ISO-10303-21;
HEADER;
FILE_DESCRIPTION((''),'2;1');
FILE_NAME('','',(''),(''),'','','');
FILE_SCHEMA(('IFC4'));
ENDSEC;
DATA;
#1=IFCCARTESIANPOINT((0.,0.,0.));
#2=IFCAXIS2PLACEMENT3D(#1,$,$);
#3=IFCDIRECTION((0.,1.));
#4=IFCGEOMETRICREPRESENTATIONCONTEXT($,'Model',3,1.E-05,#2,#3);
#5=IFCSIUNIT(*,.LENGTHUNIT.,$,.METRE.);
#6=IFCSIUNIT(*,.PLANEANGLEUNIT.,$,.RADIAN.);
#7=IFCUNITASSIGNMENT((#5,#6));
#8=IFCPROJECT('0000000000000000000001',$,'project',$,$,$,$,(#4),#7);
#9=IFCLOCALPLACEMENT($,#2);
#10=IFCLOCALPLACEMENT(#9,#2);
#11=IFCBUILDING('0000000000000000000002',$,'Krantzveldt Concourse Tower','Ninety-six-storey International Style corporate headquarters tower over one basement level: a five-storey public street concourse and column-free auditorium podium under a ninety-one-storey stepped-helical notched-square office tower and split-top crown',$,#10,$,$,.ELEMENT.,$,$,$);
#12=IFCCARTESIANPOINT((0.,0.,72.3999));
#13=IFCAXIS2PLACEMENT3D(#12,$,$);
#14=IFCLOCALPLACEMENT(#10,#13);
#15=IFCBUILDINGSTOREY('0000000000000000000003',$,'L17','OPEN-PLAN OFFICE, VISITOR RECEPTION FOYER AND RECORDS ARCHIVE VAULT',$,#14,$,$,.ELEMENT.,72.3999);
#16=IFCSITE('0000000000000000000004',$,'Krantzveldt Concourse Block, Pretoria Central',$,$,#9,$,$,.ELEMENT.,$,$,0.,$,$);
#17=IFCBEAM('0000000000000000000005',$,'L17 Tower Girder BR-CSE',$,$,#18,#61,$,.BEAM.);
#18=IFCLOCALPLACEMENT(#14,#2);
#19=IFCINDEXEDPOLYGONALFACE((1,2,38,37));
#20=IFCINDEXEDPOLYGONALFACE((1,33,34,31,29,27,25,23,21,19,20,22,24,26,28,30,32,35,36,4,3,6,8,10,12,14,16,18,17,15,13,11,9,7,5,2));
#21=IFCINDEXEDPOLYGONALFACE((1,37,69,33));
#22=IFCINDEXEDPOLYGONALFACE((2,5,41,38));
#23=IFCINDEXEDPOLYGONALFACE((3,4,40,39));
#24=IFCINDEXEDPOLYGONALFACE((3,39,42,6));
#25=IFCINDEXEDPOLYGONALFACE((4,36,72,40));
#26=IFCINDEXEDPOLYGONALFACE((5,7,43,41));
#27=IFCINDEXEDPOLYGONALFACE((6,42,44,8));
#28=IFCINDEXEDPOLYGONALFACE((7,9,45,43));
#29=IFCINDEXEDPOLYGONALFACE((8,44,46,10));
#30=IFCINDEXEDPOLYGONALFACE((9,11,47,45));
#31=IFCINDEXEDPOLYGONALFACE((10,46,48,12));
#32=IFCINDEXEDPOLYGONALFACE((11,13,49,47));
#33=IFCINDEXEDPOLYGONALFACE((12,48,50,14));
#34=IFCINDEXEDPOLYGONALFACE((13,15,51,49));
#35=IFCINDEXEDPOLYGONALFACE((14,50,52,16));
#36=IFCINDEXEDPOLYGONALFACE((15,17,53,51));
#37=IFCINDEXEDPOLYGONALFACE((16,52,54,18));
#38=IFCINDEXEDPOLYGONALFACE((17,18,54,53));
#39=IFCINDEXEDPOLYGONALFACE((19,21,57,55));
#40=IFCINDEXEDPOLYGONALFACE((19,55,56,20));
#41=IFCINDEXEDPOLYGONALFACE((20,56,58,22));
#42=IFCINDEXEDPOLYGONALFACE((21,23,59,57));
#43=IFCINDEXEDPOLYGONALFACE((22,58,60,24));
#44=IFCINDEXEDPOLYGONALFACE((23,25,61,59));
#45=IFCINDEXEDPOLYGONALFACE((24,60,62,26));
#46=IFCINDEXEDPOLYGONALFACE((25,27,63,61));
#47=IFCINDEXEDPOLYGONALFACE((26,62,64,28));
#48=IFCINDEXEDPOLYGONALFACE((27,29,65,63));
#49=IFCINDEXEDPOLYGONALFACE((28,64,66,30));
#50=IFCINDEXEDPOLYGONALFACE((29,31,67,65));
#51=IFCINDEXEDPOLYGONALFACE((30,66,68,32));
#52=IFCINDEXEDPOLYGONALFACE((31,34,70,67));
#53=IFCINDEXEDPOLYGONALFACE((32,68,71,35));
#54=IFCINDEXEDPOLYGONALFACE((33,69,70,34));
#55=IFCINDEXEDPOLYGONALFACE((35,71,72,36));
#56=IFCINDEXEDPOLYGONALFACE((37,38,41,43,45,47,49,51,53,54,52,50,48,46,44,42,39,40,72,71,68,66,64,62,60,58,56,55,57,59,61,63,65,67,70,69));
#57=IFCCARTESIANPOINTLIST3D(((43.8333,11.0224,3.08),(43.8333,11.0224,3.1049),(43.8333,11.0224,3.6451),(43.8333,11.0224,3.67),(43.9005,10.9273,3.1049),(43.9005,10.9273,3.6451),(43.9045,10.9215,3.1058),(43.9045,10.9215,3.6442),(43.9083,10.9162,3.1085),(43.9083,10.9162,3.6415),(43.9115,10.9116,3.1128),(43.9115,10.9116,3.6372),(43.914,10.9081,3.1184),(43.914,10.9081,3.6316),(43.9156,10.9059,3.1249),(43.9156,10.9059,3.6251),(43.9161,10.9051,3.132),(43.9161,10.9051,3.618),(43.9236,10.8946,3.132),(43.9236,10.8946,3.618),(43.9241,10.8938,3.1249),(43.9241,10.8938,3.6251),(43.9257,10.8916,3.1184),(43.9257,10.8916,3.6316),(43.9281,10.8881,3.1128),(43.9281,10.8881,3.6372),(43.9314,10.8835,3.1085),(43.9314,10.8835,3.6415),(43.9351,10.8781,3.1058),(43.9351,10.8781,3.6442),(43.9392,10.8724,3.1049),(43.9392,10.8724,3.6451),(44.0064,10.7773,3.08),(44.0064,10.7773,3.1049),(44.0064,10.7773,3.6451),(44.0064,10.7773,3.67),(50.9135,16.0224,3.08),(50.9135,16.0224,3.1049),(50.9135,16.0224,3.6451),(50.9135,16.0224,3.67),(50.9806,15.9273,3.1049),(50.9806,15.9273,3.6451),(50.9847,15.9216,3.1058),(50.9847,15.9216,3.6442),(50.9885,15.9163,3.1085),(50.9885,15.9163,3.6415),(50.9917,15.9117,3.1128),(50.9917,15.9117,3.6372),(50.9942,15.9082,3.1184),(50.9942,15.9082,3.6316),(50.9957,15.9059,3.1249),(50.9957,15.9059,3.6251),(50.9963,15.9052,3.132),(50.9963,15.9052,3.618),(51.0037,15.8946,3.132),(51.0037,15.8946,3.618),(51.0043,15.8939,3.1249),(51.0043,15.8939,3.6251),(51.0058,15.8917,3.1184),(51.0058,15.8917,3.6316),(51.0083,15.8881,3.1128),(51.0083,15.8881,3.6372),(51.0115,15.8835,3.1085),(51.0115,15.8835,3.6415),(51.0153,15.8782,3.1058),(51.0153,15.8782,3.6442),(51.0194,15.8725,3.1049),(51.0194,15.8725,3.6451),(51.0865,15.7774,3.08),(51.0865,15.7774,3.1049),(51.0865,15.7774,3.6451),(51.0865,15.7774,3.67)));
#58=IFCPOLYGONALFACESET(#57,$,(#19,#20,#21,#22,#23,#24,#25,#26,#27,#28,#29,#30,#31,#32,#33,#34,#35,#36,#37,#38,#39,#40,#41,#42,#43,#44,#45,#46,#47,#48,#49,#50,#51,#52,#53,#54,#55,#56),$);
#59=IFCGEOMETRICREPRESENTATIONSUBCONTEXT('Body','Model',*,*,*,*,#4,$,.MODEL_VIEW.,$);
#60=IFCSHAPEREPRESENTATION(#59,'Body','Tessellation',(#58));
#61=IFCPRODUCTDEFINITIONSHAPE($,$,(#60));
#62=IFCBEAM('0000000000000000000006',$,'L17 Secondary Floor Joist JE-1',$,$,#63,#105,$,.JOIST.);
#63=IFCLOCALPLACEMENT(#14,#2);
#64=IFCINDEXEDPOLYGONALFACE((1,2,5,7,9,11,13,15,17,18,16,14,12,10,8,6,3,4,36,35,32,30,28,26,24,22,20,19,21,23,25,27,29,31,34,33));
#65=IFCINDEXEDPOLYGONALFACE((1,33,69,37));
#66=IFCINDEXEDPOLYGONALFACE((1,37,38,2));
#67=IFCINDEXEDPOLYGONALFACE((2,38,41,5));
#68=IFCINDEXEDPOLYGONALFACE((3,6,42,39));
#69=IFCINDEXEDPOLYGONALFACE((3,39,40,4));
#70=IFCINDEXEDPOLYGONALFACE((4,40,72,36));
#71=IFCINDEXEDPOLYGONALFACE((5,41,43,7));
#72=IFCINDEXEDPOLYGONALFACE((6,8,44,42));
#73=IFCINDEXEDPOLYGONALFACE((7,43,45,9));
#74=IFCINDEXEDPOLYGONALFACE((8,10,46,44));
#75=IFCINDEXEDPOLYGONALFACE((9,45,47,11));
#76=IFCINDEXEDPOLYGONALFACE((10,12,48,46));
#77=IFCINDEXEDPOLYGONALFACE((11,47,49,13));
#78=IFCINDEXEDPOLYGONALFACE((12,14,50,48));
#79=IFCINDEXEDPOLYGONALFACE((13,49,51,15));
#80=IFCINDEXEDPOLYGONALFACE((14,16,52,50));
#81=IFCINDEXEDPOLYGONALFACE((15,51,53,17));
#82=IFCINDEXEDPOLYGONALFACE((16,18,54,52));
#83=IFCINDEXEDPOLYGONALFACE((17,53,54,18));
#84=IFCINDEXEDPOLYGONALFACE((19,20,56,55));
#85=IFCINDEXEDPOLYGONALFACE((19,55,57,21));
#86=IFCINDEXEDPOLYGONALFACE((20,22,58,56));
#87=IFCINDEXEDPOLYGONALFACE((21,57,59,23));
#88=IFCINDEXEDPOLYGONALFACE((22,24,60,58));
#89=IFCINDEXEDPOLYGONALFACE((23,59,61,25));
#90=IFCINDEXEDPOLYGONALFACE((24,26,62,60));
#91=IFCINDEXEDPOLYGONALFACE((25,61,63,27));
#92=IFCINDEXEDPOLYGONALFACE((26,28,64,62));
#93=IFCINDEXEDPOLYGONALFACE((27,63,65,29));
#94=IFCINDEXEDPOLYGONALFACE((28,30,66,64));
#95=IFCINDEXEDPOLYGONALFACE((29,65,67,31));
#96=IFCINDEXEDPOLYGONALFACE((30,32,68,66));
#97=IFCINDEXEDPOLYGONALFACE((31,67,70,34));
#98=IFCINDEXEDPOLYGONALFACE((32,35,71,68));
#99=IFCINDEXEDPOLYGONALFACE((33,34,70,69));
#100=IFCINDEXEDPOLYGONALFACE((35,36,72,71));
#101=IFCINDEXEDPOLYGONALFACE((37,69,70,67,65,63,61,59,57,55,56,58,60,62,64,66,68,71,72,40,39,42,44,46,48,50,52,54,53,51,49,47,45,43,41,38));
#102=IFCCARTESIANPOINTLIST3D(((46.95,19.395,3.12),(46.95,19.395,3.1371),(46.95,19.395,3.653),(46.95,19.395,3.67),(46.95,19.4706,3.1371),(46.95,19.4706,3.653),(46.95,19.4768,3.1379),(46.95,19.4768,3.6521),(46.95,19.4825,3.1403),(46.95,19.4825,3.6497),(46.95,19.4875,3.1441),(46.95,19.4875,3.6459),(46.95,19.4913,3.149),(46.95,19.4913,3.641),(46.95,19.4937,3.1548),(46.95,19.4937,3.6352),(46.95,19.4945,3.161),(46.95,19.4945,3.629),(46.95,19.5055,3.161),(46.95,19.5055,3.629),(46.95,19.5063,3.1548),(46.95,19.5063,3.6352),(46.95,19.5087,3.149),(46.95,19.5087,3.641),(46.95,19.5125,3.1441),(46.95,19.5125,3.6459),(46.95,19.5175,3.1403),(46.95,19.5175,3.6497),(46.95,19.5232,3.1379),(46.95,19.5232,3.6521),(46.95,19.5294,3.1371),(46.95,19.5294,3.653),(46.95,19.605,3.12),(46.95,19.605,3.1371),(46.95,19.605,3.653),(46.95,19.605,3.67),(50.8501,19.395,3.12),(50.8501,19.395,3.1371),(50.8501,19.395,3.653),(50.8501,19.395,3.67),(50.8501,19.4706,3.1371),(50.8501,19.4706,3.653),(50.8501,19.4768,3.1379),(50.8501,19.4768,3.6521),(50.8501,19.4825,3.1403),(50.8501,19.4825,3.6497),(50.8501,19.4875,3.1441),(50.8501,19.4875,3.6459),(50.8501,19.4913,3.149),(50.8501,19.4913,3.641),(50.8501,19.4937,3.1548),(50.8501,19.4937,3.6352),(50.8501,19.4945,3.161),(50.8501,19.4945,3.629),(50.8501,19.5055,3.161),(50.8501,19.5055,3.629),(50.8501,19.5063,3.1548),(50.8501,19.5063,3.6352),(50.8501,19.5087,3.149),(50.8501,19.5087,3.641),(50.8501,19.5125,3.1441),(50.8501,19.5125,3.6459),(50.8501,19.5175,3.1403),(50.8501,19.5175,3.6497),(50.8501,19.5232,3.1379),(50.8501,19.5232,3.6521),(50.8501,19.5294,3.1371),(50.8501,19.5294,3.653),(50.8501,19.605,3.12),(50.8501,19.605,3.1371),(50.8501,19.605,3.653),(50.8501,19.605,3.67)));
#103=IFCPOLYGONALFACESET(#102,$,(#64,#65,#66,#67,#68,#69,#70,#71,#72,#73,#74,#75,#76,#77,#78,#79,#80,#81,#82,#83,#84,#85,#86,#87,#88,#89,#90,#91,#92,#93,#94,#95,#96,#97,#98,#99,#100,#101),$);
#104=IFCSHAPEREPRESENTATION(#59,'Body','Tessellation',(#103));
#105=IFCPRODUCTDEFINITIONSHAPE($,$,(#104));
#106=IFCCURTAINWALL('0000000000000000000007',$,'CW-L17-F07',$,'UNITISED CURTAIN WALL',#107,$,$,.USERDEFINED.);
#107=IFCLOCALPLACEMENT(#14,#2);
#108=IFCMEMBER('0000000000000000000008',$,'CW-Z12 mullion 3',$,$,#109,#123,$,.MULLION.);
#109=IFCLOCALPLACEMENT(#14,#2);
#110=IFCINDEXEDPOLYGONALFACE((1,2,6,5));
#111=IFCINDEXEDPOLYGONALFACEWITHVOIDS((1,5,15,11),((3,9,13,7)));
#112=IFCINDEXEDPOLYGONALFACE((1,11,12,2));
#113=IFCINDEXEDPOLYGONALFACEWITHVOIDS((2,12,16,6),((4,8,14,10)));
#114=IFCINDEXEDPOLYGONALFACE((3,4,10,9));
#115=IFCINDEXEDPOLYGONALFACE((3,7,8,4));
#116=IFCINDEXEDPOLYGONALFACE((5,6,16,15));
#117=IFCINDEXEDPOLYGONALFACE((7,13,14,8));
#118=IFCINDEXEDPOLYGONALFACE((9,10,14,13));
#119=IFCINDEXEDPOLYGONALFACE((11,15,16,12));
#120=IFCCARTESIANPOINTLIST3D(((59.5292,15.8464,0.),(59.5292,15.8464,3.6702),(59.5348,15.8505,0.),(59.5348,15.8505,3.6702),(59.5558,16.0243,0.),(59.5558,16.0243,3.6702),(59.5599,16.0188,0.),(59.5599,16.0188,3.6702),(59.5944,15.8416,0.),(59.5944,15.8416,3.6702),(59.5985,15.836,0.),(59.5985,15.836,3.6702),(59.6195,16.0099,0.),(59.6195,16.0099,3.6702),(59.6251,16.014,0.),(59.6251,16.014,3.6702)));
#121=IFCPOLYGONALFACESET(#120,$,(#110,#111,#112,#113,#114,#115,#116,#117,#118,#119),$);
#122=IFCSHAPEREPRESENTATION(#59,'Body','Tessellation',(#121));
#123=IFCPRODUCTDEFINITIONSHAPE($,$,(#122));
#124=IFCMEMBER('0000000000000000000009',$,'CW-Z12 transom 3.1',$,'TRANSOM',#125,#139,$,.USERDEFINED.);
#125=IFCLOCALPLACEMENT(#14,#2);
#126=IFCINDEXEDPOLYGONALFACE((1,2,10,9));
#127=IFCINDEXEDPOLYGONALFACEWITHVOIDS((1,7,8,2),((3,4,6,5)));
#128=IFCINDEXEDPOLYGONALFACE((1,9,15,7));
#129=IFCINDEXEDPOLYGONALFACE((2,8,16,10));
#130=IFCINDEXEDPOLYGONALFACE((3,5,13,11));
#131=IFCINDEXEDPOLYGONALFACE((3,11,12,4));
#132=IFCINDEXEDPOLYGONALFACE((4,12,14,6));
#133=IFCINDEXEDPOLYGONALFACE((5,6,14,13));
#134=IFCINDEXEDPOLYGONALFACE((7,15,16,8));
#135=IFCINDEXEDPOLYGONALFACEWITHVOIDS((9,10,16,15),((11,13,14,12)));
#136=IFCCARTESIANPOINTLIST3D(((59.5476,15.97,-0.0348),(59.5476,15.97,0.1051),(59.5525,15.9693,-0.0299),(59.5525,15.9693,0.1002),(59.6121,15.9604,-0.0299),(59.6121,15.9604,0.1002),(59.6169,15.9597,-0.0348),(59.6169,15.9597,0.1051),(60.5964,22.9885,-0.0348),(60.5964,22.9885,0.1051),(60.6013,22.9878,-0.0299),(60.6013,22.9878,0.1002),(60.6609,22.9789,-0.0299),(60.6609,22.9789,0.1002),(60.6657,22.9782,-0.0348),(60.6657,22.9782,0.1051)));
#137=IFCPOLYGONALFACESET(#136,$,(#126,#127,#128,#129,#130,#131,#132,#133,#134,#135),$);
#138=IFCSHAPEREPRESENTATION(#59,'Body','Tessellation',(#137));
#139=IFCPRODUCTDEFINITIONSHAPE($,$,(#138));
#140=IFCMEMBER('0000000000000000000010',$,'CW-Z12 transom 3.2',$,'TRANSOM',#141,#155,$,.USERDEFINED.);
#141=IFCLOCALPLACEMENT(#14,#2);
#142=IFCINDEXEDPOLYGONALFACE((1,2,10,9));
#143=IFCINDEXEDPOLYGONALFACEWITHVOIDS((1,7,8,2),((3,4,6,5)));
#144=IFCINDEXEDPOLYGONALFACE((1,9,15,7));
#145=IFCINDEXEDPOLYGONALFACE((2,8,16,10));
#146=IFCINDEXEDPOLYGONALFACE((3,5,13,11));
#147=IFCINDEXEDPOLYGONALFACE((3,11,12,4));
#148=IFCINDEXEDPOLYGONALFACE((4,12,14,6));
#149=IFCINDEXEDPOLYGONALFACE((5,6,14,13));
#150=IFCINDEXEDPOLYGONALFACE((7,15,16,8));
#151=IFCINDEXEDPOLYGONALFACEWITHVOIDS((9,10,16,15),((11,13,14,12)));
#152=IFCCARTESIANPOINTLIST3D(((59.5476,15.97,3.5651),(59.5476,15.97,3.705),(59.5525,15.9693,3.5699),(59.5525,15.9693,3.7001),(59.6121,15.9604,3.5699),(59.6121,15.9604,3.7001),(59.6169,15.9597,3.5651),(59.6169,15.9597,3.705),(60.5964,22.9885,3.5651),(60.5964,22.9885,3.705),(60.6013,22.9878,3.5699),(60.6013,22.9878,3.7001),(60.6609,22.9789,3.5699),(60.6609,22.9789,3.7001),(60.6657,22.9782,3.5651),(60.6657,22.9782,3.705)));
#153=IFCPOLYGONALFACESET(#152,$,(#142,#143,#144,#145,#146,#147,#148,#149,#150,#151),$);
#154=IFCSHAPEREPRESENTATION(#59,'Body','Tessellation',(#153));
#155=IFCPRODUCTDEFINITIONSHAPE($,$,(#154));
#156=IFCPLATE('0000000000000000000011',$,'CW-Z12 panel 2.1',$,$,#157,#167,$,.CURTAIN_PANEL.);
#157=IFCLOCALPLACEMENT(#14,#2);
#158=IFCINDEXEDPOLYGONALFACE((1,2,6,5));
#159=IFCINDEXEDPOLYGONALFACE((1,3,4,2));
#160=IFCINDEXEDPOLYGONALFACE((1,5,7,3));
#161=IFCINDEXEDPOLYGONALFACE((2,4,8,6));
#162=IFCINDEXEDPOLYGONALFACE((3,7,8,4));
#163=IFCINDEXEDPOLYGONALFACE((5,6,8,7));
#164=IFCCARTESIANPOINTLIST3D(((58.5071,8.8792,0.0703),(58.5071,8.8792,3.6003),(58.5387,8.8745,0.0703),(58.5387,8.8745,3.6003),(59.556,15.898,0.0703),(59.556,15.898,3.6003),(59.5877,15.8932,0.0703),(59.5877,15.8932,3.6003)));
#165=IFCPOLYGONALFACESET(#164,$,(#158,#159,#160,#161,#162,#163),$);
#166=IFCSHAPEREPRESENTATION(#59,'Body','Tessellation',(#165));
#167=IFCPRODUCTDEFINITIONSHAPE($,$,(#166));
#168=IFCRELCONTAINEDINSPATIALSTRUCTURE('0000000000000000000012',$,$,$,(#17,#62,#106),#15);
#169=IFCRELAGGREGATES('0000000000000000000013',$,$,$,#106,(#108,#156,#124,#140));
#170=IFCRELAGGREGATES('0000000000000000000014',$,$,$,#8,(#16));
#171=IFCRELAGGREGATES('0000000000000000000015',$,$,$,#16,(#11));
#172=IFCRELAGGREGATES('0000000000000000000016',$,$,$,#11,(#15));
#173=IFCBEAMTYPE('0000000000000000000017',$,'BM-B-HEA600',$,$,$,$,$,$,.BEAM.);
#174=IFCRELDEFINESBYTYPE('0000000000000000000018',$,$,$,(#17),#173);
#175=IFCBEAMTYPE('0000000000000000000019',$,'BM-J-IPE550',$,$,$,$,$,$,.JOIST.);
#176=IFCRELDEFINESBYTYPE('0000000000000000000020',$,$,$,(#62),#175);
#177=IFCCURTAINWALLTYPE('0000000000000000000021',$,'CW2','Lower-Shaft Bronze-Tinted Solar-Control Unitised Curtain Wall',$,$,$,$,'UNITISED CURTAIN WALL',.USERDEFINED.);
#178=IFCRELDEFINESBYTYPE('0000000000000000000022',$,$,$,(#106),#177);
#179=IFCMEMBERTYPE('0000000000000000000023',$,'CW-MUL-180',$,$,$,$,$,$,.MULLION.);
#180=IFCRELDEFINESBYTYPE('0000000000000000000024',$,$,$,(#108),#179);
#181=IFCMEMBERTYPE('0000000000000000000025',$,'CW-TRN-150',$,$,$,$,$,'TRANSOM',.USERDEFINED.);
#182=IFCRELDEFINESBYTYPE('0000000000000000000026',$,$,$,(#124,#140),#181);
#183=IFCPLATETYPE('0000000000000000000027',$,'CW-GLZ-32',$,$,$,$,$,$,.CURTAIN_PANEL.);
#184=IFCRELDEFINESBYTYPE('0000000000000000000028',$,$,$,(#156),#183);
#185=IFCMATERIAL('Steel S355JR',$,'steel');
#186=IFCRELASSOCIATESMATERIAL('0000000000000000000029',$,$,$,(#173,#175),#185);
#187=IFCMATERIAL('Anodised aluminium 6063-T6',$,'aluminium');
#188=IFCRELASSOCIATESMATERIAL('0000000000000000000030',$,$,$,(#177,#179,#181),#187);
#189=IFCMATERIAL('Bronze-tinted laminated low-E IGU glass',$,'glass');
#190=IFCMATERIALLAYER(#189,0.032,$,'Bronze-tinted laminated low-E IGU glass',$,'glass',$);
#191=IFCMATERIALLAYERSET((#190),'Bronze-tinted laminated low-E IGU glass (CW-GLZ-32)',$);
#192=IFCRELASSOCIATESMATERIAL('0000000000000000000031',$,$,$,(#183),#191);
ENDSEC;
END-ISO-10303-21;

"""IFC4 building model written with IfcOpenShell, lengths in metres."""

from ifc_helpers import new_model, si_unit, direction, frame, origin, origin_2d, place, context, subcontext, project, spatial, rectangle, hollow_rectangle, i_section, extrude, source, transform, mapped, material, layer, layer_set, material_profile, profile_set, type_object, type_shapes, element, aggregate, save


model = new_model("IFC4")

# Units and contexts
model_context = context("Model", 3, precision=1e-05, world=origin(), true_north=direction((0.0, 1.0)))
body_context = subcontext(model_context, "Body", "Model", "MODEL_VIEW")
ifc_project = project(units=[si_unit("LENGTHUNIT", "METRE"), si_unit("PLANEANGLEUNIT", "RADIAN")], contexts=[model_context])

# Site, building, storey
site_placement = place(None, origin())
site = spatial("IfcSite", under=ifc_project, at=site_placement, Name="Krantzveldt Concourse Block, Pretoria Central", CompositionType="ELEMENT", RefElevation=0.0)
building_placement = place(site_placement, origin())
building = spatial("IfcBuilding", under=site, at=building_placement, Name="Krantzveldt Concourse Tower", Description="Ninety-six-storey International Style corporate headquarters tower over one basement level: a five-storey public street concourse and column-free auditorium podium under a ninety-one-storey stepped-helical notched-square office tower and split-top crown", CompositionType="ELEMENT")
storey_placement = place(building_placement, frame((0.0, 0.0, 72.3999)))
storey = spatial("IfcBuildingStorey", under=building, at=storey_placement, Name="L17", Description="OPEN-PLAN OFFICE, VISITOR RECEPTION FOYER AND RECORDS ARCHIVE VAULT", CompositionType="ELEMENT", Elevation=72.3999)

# Beams
ifc_material_1 = material(Name="Steel S355JR", Category="steel")
ifc_material_profile_1 = material_profile(ifc_material_1, i_section(OverallWidth=0.3, OverallDepth=0.5901, WebThickness=0.0129, FlangeThickness=0.0249, FilletRadius=0.0271, at=origin_2d()), Name="Steel S355JR", Category="steel")
ifc_profile_set_1 = profile_set([ifc_material_profile_1], Name="Steel S355JR - HEA 600")
beam_type_1 = type_object("IfcBeamType", Name="BM-B-HEA600", PredefinedType="BEAM", material=ifc_profile_set_1)
shared_shape_1 = source(origin(), body_context, "Body", "SweptSolid", [
    extrude(i_section(OverallWidth=0.3, OverallDepth=0.5901, WebThickness=0.0129, FlangeThickness=0.0249, FilletRadius=0.0271, at=origin_2d()), origin(), (0.0, 0.0, 1.0), 8.6677),
])
beam_1_placement = place(storey_placement, frame((51.0, 15.8999, 3.375), z_axis=(-0.816843, -0.57686, 0.0), x_axis=(0.57686, -0.816843, 0.0)))
element("IfcBeam", 1, at=beam_1_placement, inside=storey, type_object=beam_type_1, Name="L17 Tower Girder BR-CSE", PredefinedType="BEAM", context=body_context, shape_type="MappedRepresentation", body=[
    mapped(shared_shape_1, transform((0.0, 0.0, 0.0), x_axis=(1.0, 0.0, 0.0), y_axis=(0.0, 1.0, 0.0), z_axis=(0.0, 0.0, 1.0), scale=1.0)),
])
ifc_material_profile_2 = material_profile(ifc_material_1, i_section(OverallWidth=0.21, OverallDepth=0.55, WebThickness=0.011, FlangeThickness=0.0171, FilletRadius=0.0239, at=origin_2d()), Name="Steel S355JR", Category="steel")
ifc_profile_set_2 = profile_set([ifc_material_profile_2], Name="Steel S355JR - IPE 550")
beam_type_2 = type_object("IfcBeamType", Name="BM-J-IPE550", PredefinedType="JOIST", material=ifc_profile_set_2)
shared_shape_2 = source(origin(), body_context, "Body", "SweptSolid", [
    extrude(i_section(OverallWidth=0.21, OverallDepth=0.55, WebThickness=0.011, FlangeThickness=0.0171, FilletRadius=0.0239, at=origin_2d()), origin(), (0.0, 0.0, 1.0), 3.9001),
])
type_shapes(beam_type_2, [shared_shape_2])
beam_2_placement = place(storey_placement, frame((46.95, 19.5, 3.395), z_axis=(1.0, 0.0, 0.0), x_axis=(0.0, 1.0, 0.0)))
element("IfcBeam", 2, at=beam_2_placement, inside=storey, type_object=beam_type_2, Name="L17 Secondary Floor Joist JE-1", PredefinedType="JOIST", context=body_context, shape_type="MappedRepresentation", body=[
    mapped(shared_shape_2, transform((0.0, 0.0, 0.0), x_axis=(1.0, 0.0, 0.0), y_axis=(0.0, 1.0, 0.0), z_axis=(0.0, 0.0, 1.0), scale=1.0)),
])

# Curtain wall, members, plate
ifc_material_2 = material(Name="Anodised aluminium 6063-T6", Category="aluminium")
curtain_wall_type = type_object("IfcCurtainWallType", Name="CW2", Description="Lower-Shaft Bronze-Tinted Solar-Control Unitised Curtain Wall", ElementType="UNITISED CURTAIN WALL", PredefinedType="USERDEFINED", material=ifc_material_2)
curtain_wall_placement = place(storey_placement, origin())
curtain_wall = element("IfcCurtainWall", 3, at=curtain_wall_placement, inside=storey, type_object=curtain_wall_type, Name="CW-L17-F07", ObjectType="UNITISED CURTAIN WALL", PredefinedType="USERDEFINED")
ifc_material_profile_3 = material_profile(ifc_material_2, hollow_rectangle(XDim=0.0701, YDim=0.1799, WallThickness=0.0049, at=origin_2d()), Name="Anodised aluminium 6063-T6", Category="aluminium")
ifc_profile_set_3 = profile_set([ifc_material_profile_3], Name="Anodised aluminium 6063-T6 - ALU-MULL 180x70x5")
member_type_1 = type_object("IfcMemberType", Name="CW-MUL-180", PredefinedType="MULLION", material=ifc_profile_set_3)
shared_shape_3 = source(origin(), body_context, "Body", "SweptSolid", [
    extrude(hollow_rectangle(XDim=0.0701, YDim=0.1799, WallThickness=0.0049, at=origin_2d()), origin(), (0.0, 0.0, 1.0), 3.6702),
])
type_shapes(member_type_1, [shared_shape_3])
member_1_placement = place(storey_placement, frame((59.5771, 15.9302, 0.0), z_axis=(0.0, 0.0, 1.0), x_axis=(-0.989016, 0.14781, 0.0)))
member_1 = element("IfcMember", 4, at=member_1_placement, type_object=member_type_1, Name="CW-Z12 mullion 3", PredefinedType="MULLION", context=body_context, shape_type="MappedRepresentation", body=[
    mapped(shared_shape_3, transform((0.0, 0.0, 0.0), x_axis=(1.0, 0.0, 0.0), y_axis=(0.0, 1.0, 0.0), z_axis=(0.0, 0.0, 1.0), scale=1.0)),
])
ifc_material_profile_4 = material_profile(ifc_material_2, hollow_rectangle(XDim=0.0701, YDim=0.1399, WallThickness=0.0049, at=origin_2d()), Name="Anodised aluminium 6063-T6", Category="aluminium")
ifc_profile_set_4 = profile_set([ifc_material_profile_4], Name="Anodised aluminium 6063-T6 - ALU-TRAN 140x70x5")
member_type_2 = type_object("IfcMemberType", Name="CW-TRN-150", ElementType="TRANSOM", PredefinedType="USERDEFINED", material=ifc_profile_set_4)
shared_shape_4 = source(origin(), body_context, "Body", "SweptSolid", [
    extrude(hollow_rectangle(XDim=0.0701, YDim=0.1399, WallThickness=0.0049, at=origin_2d()), origin(), (0.0, 0.0, 1.0), 7.0964),
])
type_shapes(member_type_2, [shared_shape_4])
member_2_placement = place(storey_placement, frame((59.5823, 15.9648, 0.0352), z_axis=(0.147795, 0.989018, 0.0), x_axis=(-0.989018, 0.147795, 0.0)))
member_2 = element("IfcMember", 5, at=member_2_placement, type_object=member_type_2, Name="CW-Z12 transom 3.1", ObjectType="TRANSOM", PredefinedType="USERDEFINED", context=body_context, shape_type="MappedRepresentation", body=[
    mapped(shared_shape_4, transform((0.0, 0.0, 0.0), x_axis=(1.0, 0.0, 0.0), y_axis=(0.0, 1.0, 0.0), z_axis=(0.0, 0.0, 1.0), scale=1.0)),
])
member_3_placement = place(storey_placement, frame((59.5823, 15.9648, 3.635), z_axis=(0.147795, 0.989018, 0.0), x_axis=(-0.989018, 0.147795, 0.0)))
member_3 = element("IfcMember", 6, at=member_3_placement, type_object=member_type_2, Name="CW-Z12 transom 3.2", ObjectType="TRANSOM", PredefinedType="USERDEFINED", context=body_context, shape_type="MappedRepresentation", body=[
    mapped(shared_shape_4, transform((0.0, 0.0, 0.0), x_axis=(1.0, 0.0, 0.0), y_axis=(0.0, 1.0, 0.0), z_axis=(0.0, 0.0, 1.0), scale=1.0)),
])
ifc_material_3 = material(Name="Bronze-tinted laminated low-E IGU glass", Category="glass")
ifc_layer_1 = layer(ifc_material_3, 0.032, Name="Bronze-tinted laminated low-E IGU glass", Category="glass")
ifc_layer_set_1 = layer_set([ifc_layer_1], Name="Bronze-tinted laminated low-E IGU glass (CW-GLZ-32)")
plate_type = type_object("IfcPlateType", Name="CW-GLZ-32", PredefinedType="CURTAIN_PANEL", material=ifc_layer_set_1)
shared_shape_5 = source(origin(), body_context, "Body", "SweptSolid", [
    extrude(rectangle(XDim=7.0967, YDim=0.032, at=origin_2d()), origin(), (0.0, 0.0, 1.0), 3.53),
])
type_shapes(plate_type, [shared_shape_5])
plate_1_placement = place(storey_placement, frame((59.0474, 12.3862, 0.0703), z_axis=(0.0, 0.0, 1.0), x_axis=(0.14781, 0.989016, 0.0)))
plate_1 = element("IfcPlate", 7, at=plate_1_placement, type_object=plate_type, Name="CW-Z12 panel 2.1", PredefinedType="CURTAIN_PANEL", context=body_context, shape_type="MappedRepresentation", body=[
    mapped(shared_shape_5, transform((0.0, 0.0, 0.0), x_axis=(1.0, 0.0, 0.0), y_axis=(0.0, 1.0, 0.0), z_axis=(0.0, 0.0, 1.0), scale=1.0)),
])
aggregate(curtain_wall, [member_1, plate_1, member_2, member_3])

save(model, "model.ifc")
